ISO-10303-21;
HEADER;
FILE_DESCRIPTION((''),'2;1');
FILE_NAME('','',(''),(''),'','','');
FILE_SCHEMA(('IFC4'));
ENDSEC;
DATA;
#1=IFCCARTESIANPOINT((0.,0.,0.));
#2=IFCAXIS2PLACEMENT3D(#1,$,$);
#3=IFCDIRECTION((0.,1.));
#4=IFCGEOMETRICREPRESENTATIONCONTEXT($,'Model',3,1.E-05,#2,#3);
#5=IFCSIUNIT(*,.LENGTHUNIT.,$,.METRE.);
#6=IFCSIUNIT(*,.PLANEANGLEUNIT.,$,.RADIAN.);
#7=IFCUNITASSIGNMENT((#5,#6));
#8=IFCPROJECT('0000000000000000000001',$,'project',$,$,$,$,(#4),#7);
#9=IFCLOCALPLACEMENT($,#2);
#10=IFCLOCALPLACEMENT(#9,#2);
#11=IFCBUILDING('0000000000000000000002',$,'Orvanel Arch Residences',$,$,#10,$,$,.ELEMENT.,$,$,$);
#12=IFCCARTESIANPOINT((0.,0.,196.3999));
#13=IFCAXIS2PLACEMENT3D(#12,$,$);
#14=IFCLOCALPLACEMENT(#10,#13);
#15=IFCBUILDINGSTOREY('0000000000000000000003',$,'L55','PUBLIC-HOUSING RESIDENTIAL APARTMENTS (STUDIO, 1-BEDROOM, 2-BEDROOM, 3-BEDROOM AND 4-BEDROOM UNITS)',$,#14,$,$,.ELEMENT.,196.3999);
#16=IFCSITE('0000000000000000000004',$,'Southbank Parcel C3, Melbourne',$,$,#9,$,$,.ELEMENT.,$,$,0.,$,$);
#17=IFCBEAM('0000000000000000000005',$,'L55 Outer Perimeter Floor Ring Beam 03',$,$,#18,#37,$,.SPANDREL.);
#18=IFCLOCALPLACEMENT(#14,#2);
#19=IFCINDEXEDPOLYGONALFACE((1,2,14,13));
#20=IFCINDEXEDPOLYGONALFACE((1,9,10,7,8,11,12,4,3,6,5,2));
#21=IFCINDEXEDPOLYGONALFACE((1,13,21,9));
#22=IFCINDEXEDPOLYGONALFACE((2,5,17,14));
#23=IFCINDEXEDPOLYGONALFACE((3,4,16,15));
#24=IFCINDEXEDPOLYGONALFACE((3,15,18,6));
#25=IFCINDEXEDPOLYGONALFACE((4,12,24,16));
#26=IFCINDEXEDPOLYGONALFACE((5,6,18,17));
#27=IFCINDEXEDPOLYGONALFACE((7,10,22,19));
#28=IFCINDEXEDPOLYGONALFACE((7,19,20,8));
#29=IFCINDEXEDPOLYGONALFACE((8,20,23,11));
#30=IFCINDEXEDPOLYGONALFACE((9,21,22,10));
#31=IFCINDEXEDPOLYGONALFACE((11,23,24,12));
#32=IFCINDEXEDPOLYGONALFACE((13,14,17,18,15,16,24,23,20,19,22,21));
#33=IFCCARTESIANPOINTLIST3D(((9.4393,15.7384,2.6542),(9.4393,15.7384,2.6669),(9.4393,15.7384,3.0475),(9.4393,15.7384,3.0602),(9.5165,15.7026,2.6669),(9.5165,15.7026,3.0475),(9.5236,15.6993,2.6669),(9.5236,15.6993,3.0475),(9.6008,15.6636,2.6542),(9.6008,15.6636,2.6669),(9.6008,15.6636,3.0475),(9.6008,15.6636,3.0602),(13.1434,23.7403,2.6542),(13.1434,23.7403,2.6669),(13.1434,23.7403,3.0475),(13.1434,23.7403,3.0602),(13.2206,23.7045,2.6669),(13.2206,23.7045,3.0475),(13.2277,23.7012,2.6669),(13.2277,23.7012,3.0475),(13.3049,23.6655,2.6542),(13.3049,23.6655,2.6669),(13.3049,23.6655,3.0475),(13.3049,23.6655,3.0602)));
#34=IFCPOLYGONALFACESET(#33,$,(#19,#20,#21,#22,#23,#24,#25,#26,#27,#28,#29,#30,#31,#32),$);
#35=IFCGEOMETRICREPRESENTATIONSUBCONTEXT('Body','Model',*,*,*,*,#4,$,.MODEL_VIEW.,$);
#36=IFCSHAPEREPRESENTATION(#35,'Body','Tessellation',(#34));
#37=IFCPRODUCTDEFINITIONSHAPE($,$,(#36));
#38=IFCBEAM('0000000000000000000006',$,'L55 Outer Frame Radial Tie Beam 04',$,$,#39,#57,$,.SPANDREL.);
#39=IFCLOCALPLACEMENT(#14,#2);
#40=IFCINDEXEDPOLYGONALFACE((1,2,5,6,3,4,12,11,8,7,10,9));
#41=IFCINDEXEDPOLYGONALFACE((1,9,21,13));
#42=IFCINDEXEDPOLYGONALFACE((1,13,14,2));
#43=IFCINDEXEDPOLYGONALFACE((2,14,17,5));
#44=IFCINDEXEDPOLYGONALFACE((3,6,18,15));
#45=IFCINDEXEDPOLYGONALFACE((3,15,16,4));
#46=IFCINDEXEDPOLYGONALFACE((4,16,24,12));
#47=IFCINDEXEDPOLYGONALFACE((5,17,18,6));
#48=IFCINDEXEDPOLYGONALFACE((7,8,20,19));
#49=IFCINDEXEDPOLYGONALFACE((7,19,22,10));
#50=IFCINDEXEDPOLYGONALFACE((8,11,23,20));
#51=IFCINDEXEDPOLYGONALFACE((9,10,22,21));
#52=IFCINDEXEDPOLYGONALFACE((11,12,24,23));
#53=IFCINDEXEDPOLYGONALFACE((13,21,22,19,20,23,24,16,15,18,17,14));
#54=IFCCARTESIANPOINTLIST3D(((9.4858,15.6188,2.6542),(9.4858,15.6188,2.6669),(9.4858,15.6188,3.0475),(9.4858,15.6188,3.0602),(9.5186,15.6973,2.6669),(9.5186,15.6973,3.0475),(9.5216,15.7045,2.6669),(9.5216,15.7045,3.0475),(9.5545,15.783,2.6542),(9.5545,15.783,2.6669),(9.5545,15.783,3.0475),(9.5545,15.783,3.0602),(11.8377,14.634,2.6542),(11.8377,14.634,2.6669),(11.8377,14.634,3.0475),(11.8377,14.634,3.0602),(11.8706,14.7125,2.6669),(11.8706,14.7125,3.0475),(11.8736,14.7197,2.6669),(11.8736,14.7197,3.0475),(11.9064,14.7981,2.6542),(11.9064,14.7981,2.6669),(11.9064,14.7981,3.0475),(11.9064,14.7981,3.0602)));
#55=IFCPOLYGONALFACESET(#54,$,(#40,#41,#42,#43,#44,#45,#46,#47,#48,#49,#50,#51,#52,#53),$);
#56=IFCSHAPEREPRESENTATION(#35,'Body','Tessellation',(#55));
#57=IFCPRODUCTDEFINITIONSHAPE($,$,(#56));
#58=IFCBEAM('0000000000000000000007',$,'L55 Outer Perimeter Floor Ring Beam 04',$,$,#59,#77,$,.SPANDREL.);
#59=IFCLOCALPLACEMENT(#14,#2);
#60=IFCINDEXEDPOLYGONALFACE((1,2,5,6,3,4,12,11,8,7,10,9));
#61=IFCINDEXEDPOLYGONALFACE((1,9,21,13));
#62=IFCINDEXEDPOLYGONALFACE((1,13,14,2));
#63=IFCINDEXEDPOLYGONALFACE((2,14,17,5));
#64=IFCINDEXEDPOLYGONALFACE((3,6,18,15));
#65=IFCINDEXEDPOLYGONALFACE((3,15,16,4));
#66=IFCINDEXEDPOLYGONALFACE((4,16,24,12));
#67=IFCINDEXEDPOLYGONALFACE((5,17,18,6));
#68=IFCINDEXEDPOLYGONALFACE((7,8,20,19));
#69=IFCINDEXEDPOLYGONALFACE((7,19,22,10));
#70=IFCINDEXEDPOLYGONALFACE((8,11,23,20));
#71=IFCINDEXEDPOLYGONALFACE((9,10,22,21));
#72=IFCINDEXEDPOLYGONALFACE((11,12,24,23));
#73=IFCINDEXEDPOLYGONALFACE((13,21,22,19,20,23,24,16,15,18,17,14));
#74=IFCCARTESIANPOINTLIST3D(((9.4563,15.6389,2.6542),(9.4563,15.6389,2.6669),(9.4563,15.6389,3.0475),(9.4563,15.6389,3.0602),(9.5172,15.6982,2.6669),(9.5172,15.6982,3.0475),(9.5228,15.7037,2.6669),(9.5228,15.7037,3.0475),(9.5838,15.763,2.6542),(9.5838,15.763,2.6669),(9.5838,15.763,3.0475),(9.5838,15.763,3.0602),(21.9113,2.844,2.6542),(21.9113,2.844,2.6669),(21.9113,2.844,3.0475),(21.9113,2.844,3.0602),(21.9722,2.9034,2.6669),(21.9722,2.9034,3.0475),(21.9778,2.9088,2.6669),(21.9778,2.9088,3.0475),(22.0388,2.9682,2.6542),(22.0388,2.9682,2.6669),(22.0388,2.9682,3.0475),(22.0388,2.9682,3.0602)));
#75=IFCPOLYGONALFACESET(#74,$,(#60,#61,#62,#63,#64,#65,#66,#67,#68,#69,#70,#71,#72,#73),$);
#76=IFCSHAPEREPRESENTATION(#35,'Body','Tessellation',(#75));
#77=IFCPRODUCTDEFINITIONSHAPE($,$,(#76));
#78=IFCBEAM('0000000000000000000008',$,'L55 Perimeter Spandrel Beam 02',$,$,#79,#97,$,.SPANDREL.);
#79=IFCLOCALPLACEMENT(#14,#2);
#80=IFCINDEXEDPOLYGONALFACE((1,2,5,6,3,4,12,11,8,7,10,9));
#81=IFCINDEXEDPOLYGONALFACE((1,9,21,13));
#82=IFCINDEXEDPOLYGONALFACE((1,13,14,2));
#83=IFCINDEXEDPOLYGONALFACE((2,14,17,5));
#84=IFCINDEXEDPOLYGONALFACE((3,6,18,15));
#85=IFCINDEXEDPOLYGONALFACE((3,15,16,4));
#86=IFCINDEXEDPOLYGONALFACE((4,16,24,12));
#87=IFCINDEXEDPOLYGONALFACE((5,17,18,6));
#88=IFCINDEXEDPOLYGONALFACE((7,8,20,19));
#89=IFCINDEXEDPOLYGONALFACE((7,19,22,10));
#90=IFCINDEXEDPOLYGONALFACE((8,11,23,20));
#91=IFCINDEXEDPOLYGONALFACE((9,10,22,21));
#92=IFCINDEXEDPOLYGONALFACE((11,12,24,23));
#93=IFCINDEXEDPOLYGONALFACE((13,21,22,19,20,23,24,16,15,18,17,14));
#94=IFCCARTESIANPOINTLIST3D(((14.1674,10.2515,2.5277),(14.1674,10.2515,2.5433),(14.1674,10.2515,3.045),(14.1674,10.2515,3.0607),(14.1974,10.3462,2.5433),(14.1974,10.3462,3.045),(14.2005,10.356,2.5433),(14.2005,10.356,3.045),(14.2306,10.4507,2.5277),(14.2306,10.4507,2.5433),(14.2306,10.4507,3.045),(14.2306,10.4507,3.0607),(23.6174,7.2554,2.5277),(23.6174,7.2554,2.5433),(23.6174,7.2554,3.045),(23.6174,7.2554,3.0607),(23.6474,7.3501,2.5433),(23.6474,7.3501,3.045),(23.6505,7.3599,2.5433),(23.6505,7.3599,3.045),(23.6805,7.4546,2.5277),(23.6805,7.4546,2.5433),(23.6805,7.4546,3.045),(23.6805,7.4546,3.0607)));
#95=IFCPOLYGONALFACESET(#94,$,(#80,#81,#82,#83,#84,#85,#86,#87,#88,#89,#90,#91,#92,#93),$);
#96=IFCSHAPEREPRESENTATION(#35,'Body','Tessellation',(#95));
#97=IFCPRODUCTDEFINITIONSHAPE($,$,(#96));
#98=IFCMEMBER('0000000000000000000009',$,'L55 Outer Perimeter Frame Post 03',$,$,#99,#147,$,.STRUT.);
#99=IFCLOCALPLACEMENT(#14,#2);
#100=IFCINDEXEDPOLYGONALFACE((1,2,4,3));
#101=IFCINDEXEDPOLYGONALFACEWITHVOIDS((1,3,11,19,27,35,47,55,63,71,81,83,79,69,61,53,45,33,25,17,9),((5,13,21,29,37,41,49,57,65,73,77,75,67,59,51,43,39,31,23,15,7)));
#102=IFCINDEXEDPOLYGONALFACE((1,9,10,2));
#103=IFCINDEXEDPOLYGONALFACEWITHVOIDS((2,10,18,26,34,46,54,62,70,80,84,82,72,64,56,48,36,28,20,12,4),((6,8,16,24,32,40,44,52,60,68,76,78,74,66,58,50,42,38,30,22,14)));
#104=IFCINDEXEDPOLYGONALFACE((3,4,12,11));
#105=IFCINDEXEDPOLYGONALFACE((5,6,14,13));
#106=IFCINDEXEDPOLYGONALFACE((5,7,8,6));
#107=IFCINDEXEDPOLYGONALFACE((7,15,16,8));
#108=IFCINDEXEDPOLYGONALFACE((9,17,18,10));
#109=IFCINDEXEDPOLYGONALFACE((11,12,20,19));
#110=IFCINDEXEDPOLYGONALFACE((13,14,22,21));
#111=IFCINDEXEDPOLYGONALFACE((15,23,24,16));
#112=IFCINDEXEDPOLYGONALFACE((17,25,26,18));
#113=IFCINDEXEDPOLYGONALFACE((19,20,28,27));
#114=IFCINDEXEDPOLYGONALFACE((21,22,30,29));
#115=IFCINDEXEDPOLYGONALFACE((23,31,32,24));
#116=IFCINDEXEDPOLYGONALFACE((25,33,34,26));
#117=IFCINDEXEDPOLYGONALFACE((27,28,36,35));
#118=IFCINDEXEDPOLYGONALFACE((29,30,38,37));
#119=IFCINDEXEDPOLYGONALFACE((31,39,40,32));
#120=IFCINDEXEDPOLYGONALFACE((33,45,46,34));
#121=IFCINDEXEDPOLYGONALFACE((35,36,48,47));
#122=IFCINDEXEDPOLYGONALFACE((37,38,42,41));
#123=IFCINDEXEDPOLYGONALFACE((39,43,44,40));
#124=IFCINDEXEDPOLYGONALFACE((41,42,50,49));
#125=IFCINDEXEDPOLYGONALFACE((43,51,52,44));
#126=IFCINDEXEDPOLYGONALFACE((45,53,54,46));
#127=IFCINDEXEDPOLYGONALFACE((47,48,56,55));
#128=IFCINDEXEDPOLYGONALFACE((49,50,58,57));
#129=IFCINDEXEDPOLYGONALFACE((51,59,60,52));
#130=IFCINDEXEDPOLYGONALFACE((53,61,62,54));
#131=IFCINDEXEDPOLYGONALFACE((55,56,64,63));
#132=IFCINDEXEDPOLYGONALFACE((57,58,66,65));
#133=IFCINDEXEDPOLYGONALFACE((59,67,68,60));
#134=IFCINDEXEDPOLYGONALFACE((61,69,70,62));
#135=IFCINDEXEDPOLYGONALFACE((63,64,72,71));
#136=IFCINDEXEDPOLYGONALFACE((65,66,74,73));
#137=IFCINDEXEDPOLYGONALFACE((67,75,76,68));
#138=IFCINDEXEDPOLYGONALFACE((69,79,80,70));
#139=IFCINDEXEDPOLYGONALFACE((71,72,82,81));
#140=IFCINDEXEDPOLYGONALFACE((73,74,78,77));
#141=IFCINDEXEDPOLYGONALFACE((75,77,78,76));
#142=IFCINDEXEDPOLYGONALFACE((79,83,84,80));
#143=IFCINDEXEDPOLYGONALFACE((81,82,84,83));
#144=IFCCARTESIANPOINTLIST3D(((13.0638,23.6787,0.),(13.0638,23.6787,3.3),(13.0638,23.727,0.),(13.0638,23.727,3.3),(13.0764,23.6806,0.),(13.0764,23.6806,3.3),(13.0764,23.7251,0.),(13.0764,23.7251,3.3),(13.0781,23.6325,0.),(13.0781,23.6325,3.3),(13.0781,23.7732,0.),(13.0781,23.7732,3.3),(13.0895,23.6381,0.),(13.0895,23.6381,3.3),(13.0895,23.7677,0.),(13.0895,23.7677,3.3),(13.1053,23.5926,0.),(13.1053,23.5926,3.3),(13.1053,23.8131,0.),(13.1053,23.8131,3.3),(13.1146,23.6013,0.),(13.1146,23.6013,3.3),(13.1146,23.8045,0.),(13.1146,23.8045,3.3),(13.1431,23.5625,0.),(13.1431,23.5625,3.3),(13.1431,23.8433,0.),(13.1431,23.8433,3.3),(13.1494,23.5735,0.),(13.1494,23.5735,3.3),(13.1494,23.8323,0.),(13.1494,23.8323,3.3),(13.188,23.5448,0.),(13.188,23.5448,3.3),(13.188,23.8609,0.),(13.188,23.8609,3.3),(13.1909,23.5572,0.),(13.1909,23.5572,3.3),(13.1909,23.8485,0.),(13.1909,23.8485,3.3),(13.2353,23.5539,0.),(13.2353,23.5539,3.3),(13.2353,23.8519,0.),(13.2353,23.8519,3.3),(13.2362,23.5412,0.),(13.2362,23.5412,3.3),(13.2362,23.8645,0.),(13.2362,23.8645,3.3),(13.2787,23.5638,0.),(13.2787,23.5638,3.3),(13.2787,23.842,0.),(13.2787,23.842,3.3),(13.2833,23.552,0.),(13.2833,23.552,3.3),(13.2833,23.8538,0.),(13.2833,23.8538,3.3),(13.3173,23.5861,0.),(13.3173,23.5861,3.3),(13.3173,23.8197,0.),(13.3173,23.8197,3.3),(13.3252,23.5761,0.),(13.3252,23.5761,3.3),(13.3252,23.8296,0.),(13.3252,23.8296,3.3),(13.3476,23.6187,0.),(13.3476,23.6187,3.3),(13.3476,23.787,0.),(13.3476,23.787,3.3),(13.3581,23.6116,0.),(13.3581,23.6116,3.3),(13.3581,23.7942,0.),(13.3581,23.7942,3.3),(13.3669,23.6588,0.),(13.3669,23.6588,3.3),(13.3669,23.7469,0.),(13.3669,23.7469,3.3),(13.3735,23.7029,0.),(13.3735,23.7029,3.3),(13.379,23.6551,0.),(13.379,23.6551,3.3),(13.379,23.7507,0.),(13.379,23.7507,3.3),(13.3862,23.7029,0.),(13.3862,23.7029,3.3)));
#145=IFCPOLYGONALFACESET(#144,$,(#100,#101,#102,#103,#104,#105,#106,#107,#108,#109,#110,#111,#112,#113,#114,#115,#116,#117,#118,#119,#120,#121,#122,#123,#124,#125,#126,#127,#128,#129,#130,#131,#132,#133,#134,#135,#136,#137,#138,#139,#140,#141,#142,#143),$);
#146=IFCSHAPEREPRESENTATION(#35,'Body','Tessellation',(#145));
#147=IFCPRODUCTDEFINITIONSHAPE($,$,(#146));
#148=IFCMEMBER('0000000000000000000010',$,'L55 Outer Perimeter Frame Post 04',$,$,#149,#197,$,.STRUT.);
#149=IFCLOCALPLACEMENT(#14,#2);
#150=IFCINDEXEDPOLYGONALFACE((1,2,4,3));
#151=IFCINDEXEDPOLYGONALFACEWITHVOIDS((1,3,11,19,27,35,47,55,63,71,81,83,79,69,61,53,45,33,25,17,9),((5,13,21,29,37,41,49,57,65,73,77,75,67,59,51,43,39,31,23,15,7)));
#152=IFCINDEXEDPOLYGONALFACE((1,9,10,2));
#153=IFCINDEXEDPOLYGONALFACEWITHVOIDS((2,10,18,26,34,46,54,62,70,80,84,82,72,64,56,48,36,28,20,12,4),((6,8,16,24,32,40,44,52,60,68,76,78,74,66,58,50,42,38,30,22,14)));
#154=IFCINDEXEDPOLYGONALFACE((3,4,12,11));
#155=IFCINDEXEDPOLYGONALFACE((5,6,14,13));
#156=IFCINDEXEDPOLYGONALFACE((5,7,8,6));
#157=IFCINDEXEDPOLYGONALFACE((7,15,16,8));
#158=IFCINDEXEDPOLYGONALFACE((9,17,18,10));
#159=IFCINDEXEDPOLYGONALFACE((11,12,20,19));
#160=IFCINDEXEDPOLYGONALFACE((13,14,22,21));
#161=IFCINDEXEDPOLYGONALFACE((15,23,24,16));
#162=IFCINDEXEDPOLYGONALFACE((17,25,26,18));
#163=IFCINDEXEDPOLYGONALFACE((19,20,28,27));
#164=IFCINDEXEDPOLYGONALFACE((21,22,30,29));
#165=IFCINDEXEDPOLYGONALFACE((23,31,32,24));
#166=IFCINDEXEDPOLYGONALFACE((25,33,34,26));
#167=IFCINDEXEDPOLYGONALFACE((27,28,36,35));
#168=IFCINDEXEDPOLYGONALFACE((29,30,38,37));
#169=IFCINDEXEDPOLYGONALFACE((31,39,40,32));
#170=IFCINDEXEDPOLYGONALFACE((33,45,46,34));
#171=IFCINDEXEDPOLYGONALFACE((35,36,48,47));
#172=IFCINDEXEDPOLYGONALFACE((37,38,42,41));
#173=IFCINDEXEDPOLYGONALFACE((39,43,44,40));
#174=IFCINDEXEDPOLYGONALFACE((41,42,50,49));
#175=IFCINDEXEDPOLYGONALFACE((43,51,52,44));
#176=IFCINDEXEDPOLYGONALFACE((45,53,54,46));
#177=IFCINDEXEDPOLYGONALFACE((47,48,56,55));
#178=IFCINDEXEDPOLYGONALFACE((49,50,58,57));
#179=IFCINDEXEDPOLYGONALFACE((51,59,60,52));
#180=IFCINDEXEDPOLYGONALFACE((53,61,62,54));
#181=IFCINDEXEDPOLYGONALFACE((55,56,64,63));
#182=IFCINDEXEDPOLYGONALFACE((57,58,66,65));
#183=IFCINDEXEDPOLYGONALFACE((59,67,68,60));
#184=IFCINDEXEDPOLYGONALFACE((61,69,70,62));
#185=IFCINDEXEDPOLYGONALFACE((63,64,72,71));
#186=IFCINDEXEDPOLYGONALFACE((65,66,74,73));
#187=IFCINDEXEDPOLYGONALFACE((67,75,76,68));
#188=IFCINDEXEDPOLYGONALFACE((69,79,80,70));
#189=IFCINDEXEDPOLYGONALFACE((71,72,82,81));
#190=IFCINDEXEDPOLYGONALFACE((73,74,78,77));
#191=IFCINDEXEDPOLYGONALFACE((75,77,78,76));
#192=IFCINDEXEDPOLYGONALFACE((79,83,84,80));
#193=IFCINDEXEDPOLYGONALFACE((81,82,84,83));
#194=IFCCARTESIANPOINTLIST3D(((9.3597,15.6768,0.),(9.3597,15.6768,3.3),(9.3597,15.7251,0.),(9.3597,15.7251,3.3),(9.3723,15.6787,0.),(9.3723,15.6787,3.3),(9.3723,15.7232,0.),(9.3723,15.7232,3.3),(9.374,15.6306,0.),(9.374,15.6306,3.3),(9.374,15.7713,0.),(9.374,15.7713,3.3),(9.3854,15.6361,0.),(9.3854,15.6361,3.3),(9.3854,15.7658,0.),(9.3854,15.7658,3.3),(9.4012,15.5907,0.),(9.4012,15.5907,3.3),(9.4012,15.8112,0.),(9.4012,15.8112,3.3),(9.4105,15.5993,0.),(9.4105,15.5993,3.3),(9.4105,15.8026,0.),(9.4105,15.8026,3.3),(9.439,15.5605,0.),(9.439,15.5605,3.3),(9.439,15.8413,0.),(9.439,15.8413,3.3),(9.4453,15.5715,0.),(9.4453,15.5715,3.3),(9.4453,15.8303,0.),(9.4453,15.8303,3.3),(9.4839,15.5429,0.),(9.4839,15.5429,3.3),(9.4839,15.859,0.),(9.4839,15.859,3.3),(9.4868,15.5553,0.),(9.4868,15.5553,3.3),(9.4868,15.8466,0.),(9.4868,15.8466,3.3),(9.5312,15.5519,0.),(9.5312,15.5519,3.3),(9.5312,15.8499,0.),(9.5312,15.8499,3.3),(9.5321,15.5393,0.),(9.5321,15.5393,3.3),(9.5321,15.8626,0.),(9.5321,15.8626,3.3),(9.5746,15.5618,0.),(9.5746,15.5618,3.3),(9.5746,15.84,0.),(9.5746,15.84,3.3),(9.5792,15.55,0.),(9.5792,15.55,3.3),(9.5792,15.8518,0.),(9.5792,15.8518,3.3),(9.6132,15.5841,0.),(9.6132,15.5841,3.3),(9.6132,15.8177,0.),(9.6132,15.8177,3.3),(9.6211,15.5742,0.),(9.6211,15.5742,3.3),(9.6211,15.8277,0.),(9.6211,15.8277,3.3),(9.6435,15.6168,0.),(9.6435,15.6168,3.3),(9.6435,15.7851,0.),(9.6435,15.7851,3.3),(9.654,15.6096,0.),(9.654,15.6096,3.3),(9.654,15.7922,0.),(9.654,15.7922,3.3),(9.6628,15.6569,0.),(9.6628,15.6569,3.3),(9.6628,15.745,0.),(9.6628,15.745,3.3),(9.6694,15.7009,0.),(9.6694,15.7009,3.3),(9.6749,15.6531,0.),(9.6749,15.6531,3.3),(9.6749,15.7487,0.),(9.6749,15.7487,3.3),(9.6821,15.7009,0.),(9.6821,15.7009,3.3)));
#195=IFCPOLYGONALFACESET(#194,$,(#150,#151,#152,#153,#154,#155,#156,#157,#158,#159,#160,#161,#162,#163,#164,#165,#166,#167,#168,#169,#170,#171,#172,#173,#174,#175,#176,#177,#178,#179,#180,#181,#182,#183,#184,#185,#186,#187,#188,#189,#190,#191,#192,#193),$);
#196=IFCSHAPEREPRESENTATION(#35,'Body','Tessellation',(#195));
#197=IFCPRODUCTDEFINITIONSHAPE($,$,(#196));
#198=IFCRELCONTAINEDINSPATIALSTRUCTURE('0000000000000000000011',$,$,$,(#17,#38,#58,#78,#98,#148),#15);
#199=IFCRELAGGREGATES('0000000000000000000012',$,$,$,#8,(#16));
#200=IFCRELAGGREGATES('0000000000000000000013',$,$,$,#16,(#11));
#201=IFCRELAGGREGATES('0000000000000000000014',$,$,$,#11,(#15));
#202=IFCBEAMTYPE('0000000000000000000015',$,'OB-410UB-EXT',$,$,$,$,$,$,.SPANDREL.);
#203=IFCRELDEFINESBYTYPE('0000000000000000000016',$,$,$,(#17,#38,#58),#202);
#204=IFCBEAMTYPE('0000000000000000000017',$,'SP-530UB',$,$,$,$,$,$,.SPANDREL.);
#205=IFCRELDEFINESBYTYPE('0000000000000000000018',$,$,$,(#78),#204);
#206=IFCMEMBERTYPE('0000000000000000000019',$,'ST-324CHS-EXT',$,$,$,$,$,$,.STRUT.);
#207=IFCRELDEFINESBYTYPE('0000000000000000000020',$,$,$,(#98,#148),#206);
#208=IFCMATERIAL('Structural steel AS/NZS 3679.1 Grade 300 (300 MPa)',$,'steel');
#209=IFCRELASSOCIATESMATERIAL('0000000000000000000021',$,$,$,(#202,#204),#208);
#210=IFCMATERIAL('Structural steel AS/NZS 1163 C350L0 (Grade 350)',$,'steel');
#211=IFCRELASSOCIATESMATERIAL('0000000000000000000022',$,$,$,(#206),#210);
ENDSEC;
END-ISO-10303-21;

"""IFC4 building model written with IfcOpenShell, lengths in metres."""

from ifc_helpers import new_model, si_unit, direction, frame, origin, origin_2d, place, context, subcontext, project, spatial, hollow_circle, i_section, extrude, material, material_profile, profile_set, type_object, element, save


model = new_model("IFC4")

# Units and contexts
model_context = context("Model", 3, precision=1e-05, world=origin(), true_north=direction((0.0, 1.0)))
body_context = subcontext(model_context, "Body", "Model", "MODEL_VIEW")
ifc_project = project(units=[si_unit("LENGTHUNIT", "METRE"), si_unit("PLANEANGLEUNIT", "RADIAN")], contexts=[model_context])

# Site, building, storey
site_placement = place(None, origin())
site = spatial("IfcSite", under=ifc_project, at=site_placement, Name="Southbank Parcel C3, Melbourne", CompositionType="ELEMENT", RefElevation=0.0)
building_placement = place(site_placement, origin())
building = spatial("IfcBuilding", under=site, at=building_placement, Name="Orvanel Arch Residences", CompositionType="ELEMENT")
storey_placement = place(building_placement, frame((0.0, 0.0, 196.3999)))
storey = spatial("IfcBuildingStorey", under=building, at=storey_placement, Name="L55", Description="PUBLIC-HOUSING RESIDENTIAL APARTMENTS (STUDIO, 1-BEDROOM, 2-BEDROOM, 3-BEDROOM AND 4-BEDROOM UNITS)", CompositionType="ELEMENT", Elevation=196.3999)

# Beams
ifc_material_1 = material(Name="Structural steel AS/NZS 3679.1 Grade 300 (300 MPa)", Category="steel")
ifc_material_profile_1 = material_profile(ifc_material_1, i_section(OverallWidth=0.178, OverallDepth=0.406, WebThickness=0.0078, FlangeThickness=0.0127, at=origin_2d()), Name="410UB59.7")
ifc_profile_set_1 = profile_set([ifc_material_profile_1], Name="Structural steel AS/NZS 3679.1 Grade 300 (300 MPa)")
beam_type_1 = type_object("IfcBeamType", Name="OB-410UB-EXT", PredefinedType="SPANDREL", material=ifc_profile_set_1)
beam_1_placement = place(storey_placement, frame((13.2241, 23.7029, 2.8572), z_axis=(-0.420076, -0.907489, 0.0), x_axis=(0.907489, -0.420076, 0.0)))
element("IfcBeam", 1, at=beam_1_placement, inside=storey, type_object=beam_type_1, Name="L55 Outer Perimeter Floor Ring Beam 03", PredefinedType="SPANDREL", context=body_context, shape_type="SweptSolid", body=[
    extrude(i_section(OverallWidth=0.178, OverallDepth=0.406, WebThickness=0.0078, FlangeThickness=0.0127, at=origin_2d()), origin(), (0.0, 0.0, 1.0), 8.8176),
])
beam_2_placement = place(storey_placement, frame((11.8721, 14.7161, 2.8572), z_axis=(-0.922401, 0.386233, 0.0), x_axis=(-0.386233, -0.922401, 0.0)))
element("IfcBeam", 2, at=beam_2_placement, inside=storey, type_object=beam_type_1, Name="L55 Outer Frame Radial Tie Beam 04", PredefinedType="SPANDREL", context=body_context, shape_type="SweptSolid", body=[
    extrude(i_section(OverallWidth=0.178, OverallDepth=0.406, WebThickness=0.0078, FlangeThickness=0.0127, at=origin_2d()), origin(), (0.0, 0.0, 1.0), 2.5498),
])
beam_3_placement = place(storey_placement, frame((9.52, 15.7009, 2.8572), z_axis=(0.697527, -0.716559, 0.0), x_axis=(0.716559, 0.697527, 0.0)))
element("IfcBeam", 3, at=beam_3_placement, inside=storey, type_object=beam_type_1, Name="L55 Outer Perimeter Floor Ring Beam 04", PredefinedType="SPANDREL", context=body_context, shape_type="SweptSolid", body=[
    extrude(i_section(OverallWidth=0.178, OverallDepth=0.406, WebThickness=0.0078, FlangeThickness=0.0127, at=origin_2d()), origin(), (0.0, 0.0, 1.0), 17.856),
])
ifc_material_profile_2 = material_profile(ifc_material_1, i_section(OverallWidth=0.209, OverallDepth=0.533, WebThickness=0.0103, FlangeThickness=0.0156, at=origin_2d()), Name="530UB92.4")
ifc_profile_set_2 = profile_set([ifc_material_profile_2], Name="Structural steel AS/NZS 3679.1 Grade 300 (300 MPa)")
beam_type_2 = type_object("IfcBeamType", Name="SP-530UB", PredefinedType="SPANDREL", material=ifc_profile_set_2)
beam_4_placement = place(storey_placement, frame((14.199, 10.3511, 2.7942), z_axis=(0.953237, -0.302223, 0.0), x_axis=(0.302223, 0.953237, 0.0)))
element("IfcBeam", 4, at=beam_4_placement, inside=storey, type_object=beam_type_2, Name="L55 Perimeter Spandrel Beam 02", PredefinedType="SPANDREL", context=body_context, shape_type="SweptSolid", body=[
    extrude(i_section(OverallWidth=0.209, OverallDepth=0.533, WebThickness=0.0103, FlangeThickness=0.0156, at=origin_2d()), origin(), (0.0, 0.0, 1.0), 9.9136),
])

# Members
ifc_material_2 = material(Name="Structural steel AS/NZS 1163 C350L0 (Grade 350)", Category="steel")
ifc_material_profile_3 = material_profile(ifc_material_2, hollow_circle(Radius=0.1621, WallThickness=0.0127, at=origin_2d()), Name="CHS324x12.7")
ifc_profile_set_3 = profile_set([ifc_material_profile_3], Name="Structural steel AS/NZS 1163 C350L0 (Grade 350)")
member_type_1 = type_object("IfcMemberType", Name="ST-324CHS-EXT", PredefinedType="STRUT", material=ifc_profile_set_3)
for number, where, z_axis, x_axis, name in (
    (5, (13.2241, 23.7029, 0.0), (0.0, 0.0, 1.0), (1.0, 0.0, 0.0), "L55 Outer Perimeter Frame Post 03"),
    (6, (9.52, 15.7009, 0.0), (0.0, 0.0, 1.0), (1.0, 0.0, 0.0), "L55 Outer Perimeter Frame Post 04"),
):
    element("IfcMember", number, at=place(storey_placement, frame(where, z_axis=z_axis, x_axis=x_axis)), inside=storey, type_object=member_type_1, Name=name, PredefinedType="STRUT", context=body_context, shape_type="SweptSolid", body=[
        extrude(hollow_circle(Radius=0.1621, WallThickness=0.0127, at=origin_2d()), origin(), (0.0, 0.0, 1.0), 3.3),
    ])

save(model, "model.ifc")
